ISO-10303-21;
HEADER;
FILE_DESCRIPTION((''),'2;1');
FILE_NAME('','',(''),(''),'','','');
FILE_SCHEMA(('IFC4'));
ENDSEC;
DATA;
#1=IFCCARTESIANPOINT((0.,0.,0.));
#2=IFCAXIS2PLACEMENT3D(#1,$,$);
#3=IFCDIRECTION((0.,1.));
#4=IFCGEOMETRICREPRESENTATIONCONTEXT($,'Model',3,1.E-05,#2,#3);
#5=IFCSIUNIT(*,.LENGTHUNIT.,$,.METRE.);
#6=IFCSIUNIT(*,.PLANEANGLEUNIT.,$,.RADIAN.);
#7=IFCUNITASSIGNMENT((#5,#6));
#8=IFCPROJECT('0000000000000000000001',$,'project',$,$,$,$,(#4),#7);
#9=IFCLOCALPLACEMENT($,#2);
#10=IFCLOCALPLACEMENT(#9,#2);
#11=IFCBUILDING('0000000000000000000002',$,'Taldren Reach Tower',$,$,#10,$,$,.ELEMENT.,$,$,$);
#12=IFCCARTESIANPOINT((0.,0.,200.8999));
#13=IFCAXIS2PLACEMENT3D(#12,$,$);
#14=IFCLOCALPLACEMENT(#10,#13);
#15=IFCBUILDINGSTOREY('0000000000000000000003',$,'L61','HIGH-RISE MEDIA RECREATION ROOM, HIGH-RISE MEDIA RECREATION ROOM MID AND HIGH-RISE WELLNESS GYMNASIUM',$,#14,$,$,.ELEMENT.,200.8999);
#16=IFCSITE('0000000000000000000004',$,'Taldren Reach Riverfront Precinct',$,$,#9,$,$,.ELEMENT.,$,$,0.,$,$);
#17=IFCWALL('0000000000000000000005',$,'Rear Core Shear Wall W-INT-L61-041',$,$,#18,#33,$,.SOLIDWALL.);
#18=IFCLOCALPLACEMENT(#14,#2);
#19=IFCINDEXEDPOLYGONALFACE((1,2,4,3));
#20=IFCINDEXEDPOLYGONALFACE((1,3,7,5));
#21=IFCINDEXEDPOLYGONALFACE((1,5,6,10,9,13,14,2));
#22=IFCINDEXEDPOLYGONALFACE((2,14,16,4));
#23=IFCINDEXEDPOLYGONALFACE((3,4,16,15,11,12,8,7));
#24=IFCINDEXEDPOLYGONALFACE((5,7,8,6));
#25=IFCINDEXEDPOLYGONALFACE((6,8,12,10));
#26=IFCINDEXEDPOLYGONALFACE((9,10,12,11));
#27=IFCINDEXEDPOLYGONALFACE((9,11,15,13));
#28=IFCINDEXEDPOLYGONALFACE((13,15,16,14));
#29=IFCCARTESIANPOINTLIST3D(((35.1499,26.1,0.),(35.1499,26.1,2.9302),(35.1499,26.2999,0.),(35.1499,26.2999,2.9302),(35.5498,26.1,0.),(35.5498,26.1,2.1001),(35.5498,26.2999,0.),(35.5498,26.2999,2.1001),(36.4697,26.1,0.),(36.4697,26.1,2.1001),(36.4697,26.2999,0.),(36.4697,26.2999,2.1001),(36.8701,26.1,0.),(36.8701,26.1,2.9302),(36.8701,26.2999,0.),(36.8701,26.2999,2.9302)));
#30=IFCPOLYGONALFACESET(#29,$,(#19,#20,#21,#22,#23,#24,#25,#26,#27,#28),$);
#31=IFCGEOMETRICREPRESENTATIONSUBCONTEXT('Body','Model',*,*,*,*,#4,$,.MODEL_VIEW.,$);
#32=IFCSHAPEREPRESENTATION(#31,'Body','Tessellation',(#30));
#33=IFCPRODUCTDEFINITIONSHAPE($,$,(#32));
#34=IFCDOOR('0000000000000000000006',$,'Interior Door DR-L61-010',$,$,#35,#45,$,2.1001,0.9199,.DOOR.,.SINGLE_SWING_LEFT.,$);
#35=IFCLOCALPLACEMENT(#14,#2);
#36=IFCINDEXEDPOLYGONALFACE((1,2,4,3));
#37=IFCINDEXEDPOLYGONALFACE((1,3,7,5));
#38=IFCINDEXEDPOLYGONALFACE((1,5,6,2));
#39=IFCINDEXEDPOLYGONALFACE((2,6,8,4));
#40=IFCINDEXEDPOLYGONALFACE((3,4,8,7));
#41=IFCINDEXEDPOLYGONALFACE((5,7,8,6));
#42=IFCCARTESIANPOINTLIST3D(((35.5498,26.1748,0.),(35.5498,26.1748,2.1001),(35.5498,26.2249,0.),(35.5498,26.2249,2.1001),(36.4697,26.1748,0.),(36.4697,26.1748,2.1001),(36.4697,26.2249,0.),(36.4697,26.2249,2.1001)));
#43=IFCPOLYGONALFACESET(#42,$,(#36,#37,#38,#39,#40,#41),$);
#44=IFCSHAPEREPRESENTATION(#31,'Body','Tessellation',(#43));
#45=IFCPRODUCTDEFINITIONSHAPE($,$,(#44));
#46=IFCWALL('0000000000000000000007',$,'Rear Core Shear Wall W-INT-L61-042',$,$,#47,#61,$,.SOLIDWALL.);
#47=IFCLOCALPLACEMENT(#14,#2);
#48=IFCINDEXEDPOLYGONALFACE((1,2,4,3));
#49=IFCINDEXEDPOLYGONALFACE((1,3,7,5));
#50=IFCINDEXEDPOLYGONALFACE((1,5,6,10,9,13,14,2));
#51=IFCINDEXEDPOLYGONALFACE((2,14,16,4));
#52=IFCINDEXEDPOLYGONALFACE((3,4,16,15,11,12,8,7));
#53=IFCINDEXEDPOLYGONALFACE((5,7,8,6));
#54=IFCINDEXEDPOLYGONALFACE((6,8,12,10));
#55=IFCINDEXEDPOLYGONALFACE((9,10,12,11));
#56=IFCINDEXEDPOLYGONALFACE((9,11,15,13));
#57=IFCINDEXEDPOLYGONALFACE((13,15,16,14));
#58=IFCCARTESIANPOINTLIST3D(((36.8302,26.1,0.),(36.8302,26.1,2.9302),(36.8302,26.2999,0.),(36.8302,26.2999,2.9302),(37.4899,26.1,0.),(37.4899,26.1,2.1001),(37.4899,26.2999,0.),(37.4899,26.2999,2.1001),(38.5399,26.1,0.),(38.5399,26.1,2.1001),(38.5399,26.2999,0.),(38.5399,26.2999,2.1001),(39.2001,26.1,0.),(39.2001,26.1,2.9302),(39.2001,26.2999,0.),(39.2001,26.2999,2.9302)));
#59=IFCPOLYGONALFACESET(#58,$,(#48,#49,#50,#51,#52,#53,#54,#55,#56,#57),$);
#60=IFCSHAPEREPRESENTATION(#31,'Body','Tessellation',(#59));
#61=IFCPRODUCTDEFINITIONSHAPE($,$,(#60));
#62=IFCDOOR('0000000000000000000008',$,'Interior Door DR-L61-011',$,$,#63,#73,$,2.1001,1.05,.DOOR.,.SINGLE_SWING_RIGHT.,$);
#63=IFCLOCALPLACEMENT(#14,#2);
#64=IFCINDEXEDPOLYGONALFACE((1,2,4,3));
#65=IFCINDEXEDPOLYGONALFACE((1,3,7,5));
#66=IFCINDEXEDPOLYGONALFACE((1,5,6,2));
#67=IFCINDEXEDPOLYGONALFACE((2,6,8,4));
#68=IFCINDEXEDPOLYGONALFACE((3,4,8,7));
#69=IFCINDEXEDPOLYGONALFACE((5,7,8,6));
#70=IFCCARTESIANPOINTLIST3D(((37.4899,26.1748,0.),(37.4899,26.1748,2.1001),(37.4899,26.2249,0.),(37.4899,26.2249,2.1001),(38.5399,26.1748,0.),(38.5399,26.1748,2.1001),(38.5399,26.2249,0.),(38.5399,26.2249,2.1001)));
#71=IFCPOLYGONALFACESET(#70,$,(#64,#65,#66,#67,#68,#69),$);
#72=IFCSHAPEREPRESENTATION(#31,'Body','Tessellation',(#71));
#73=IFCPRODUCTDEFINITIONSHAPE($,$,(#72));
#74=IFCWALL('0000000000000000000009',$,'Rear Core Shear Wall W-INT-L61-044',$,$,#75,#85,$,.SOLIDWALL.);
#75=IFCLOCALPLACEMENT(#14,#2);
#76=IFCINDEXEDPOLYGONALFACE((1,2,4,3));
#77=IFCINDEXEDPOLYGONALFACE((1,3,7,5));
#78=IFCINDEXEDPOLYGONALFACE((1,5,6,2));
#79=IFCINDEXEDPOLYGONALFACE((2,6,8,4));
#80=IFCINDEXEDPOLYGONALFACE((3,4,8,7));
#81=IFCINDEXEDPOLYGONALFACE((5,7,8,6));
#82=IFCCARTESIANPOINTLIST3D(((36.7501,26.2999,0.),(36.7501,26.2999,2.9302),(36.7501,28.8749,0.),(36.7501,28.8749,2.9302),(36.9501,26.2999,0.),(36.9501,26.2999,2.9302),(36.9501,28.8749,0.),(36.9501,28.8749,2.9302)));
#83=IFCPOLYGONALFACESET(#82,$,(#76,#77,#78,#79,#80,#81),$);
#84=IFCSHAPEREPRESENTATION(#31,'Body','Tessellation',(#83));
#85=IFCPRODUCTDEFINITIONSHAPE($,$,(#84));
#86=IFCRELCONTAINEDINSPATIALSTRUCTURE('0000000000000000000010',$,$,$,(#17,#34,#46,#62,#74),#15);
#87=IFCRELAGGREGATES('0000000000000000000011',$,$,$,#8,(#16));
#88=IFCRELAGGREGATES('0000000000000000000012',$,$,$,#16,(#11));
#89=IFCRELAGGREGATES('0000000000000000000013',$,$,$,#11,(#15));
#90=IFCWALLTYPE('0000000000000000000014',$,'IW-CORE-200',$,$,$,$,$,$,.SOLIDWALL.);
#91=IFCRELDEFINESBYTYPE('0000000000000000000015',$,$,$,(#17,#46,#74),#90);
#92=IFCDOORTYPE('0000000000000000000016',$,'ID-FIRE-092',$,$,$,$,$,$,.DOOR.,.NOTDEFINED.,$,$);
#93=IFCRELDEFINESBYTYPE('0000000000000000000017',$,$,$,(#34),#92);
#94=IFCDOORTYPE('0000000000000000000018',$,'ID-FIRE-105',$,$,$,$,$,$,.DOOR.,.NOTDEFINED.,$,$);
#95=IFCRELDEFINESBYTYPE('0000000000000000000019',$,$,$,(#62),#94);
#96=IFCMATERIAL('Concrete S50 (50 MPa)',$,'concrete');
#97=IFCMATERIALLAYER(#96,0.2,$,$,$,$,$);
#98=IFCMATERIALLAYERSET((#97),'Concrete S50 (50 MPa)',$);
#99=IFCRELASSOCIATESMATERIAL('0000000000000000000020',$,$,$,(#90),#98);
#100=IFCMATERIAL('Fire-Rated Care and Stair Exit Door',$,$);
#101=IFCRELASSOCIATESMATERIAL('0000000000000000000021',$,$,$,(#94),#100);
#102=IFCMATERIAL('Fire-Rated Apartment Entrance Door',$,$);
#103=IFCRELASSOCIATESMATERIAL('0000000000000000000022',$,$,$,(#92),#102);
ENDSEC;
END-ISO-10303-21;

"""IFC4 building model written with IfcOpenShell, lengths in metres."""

from ifc_helpers import new_model, si_unit, direction, frame, frame_2d, origin, place, context, subcontext, project, spatial, rectangle, extrude, source, transform, mapped, material, layer, layer_set, type_object, element, fill, save


model = new_model("IFC4")

# Units and contexts
model_context = context("Model", 3, precision=1e-05, world=origin(), true_north=direction((0.0, 1.0)))
body_context = subcontext(model_context, "Body", "Model", "MODEL_VIEW")
ifc_project = project(units=[si_unit("LENGTHUNIT", "METRE"), si_unit("PLANEANGLEUNIT", "RADIAN")], contexts=[model_context])

# Site, building, storey
site_placement = place(None, origin())
site = spatial("IfcSite", under=ifc_project, at=site_placement, Name="Taldren Reach Riverfront Precinct", CompositionType="ELEMENT", RefElevation=0.0)
building_placement = place(site_placement, origin())
building = spatial("IfcBuilding", under=site, at=building_placement, Name="Taldren Reach Tower", CompositionType="ELEMENT")
storey_placement = place(building_placement, frame((0.0, 0.0, 200.8999)))
storey = spatial("IfcBuildingStorey", under=building, at=storey_placement, Name="L61", Description="HIGH-RISE MEDIA RECREATION ROOM, HIGH-RISE MEDIA RECREATION ROOM MID AND HIGH-RISE WELLNESS GYMNASIUM", CompositionType="ELEMENT", Elevation=200.8999)

# Shared definitions
ifc_material_1 = material(Name="Concrete S50 (50 MPa)", Category="concrete")
ifc_layer_1 = layer(ifc_material_1, 0.2)
ifc_layer_set_1 = layer_set([ifc_layer_1], Name="Concrete S50 (50 MPa)")
wall_type_1 = type_object("IfcWallType", Name="IW-CORE-200", PredefinedType="SOLIDWALL", material=ifc_layer_set_1)

# Shared definitions
shared_shape_1 = source(origin(), body_context, "Body", "SweptSolid", [
    extrude(rectangle(XDim=1.05, YDim=2.1001, at=frame_2d((0.5249, 1.05))), frame((0.0, 0.1099, 0.0), z_axis=(0.0, -1.0, 0.0), x_axis=(1.0, 0.0, 0.0)), (0.0, 0.0, 1.0), 0.22),
])
ifc_material_2 = material(Name="Fire-Rated Care and Stair Exit Door")
door_type_1 = type_object("IfcDoorType", Name="ID-FIRE-105", OperationType="NOTDEFINED", PredefinedType="DOOR", material=ifc_material_2)
shared_shape_2 = source(origin(), body_context, "Body", "SweptSolid", [
    extrude(rectangle(XDim=1.05, YDim=2.1001, at=frame_2d((0.5249, 1.05))), frame((0.0, 0.0249, 0.0), z_axis=(0.0, -1.0, 0.0), x_axis=(1.0, 0.0, 0.0)), (0.0, 0.0, 1.0), 0.05),
])

# Walls, openings, doors
shared_shape_3 = source(origin(), body_context, "Body", "SweptSolid", [
    extrude(rectangle(XDim=1.7202, YDim=0.2, at=frame_2d((0.8601, 0.0))), origin(), (0.0, 0.0, 1.0), 2.9302),
])
wall_1_placement = place(storey_placement, frame((35.1499, 26.2, 0.0), z_axis=(0.0, 0.0, 1.0), x_axis=(1.0, 0.0, 0.0)))
wall_1 = element("IfcWall", 1, at=wall_1_placement, inside=storey, type_object=wall_type_1, Name="Rear Core Shear Wall W-INT-L61-041", PredefinedType="SOLIDWALL", context=body_context, shape_type="MappedRepresentation", body=[
    mapped(shared_shape_3, transform((0.0, 0.0, 0.0), scale=1.0)),
])
shared_shape_4 = source(origin(), body_context, "Body", "SweptSolid", [
    extrude(rectangle(XDim=0.9199, YDim=2.1001, at=frame_2d((0.46, 1.05))), frame((0.0, 0.1099, 0.0), z_axis=(0.0, -1.0, 0.0), x_axis=(1.0, 0.0, 0.0)), (0.0, 0.0, 1.0), 0.22),
])
opening_1_placement = place(wall_1_placement, frame((0.3999, 0.0, 0.0)))
opening_1 = element("IfcOpeningElement", 2, at=opening_1_placement, cuts=wall_1, PredefinedType="OPENING", context=body_context, shape_type="MappedRepresentation", body=[
    mapped(shared_shape_4, transform((0.0, 0.0, 0.0), scale=1.0)),
])
ifc_material_3 = material(Name="Fire-Rated Apartment Entrance Door")
door_type_2 = type_object("IfcDoorType", Name="ID-FIRE-092", OperationType="NOTDEFINED", PredefinedType="DOOR", material=ifc_material_3)
shared_shape_5 = source(origin(), body_context, "Body", "SweptSolid", [
    extrude(rectangle(XDim=0.9199, YDim=2.1001, at=frame_2d((0.46, 1.05))), frame((0.0, 0.0249, 0.0), z_axis=(0.0, -1.0, 0.0), x_axis=(1.0, 0.0, 0.0)), (0.0, 0.0, 1.0), 0.05),
])
door_1_placement = place(opening_1_placement, origin())
door_1 = element("IfcDoor", 3, at=door_1_placement, inside=storey, type_object=door_type_2, Name="Interior Door DR-L61-010", OperationType="SINGLE_SWING_LEFT", OverallHeight=2.1001, OverallWidth=0.9199, PredefinedType="DOOR", context=body_context, shape_type="MappedRepresentation", body=[
    mapped(shared_shape_5, transform((0.0, 0.0, 0.0), scale=1.0)),
])
fill(opening_1, door_1)
shared_shape_6 = source(origin(), body_context, "Body", "SweptSolid", [
    extrude(rectangle(XDim=2.3699, YDim=0.2, at=frame_2d((1.1851, 0.0))), origin(), (0.0, 0.0, 1.0), 2.9302),
])
wall_2_placement = place(storey_placement, frame((36.8301, 26.2, 0.0), z_axis=(0.0, 0.0, 1.0), x_axis=(1.0, 0.0, 0.0)))
wall_2 = element("IfcWall", 4, at=wall_2_placement, inside=storey, type_object=wall_type_1, Name="Rear Core Shear Wall W-INT-L61-042", PredefinedType="SOLIDWALL", context=body_context, shape_type="MappedRepresentation", body=[
    mapped(shared_shape_6, transform((0.0, 0.0, 0.0), scale=1.0)),
])
opening_2_placement = place(wall_2_placement, frame((0.6599, 0.0, 0.0)))
opening_2 = element("IfcOpeningElement", 5, at=opening_2_placement, cuts=wall_2, PredefinedType="OPENING", context=body_context, shape_type="MappedRepresentation", body=[
    mapped(shared_shape_1, transform((0.0, 0.0, 0.0), scale=1.0)),
])
door_2_placement = place(opening_2_placement, origin())
door_2 = element("IfcDoor", 6, at=door_2_placement, inside=storey, type_object=door_type_1, Name="Interior Door DR-L61-011", OperationType="SINGLE_SWING_RIGHT", OverallHeight=2.1001, OverallWidth=1.05, PredefinedType="DOOR", context=body_context, shape_type="MappedRepresentation", body=[
    mapped(shared_shape_2, transform((0.0, 0.0, 0.0), scale=1.0)),
])
fill(opening_2, door_2)

# Wall
shared_shape_7 = source(origin(), body_context, "Body", "SweptSolid", [
    extrude(rectangle(XDim=2.575, YDim=0.2, at=frame_2d((1.2876, 0.0))), origin(), (0.0, 0.0, 1.0), 2.9302),
])
wall_3_placement = place(storey_placement, frame((36.8501, 28.875, 0.0), z_axis=(0.0, 0.0, 1.0), x_axis=(0.0, -1.0, 0.0)))
element("IfcWall", 7, at=wall_3_placement, inside=storey, type_object=wall_type_1, Name="Rear Core Shear Wall W-INT-L61-044", PredefinedType="SOLIDWALL", context=body_context, shape_type="MappedRepresentation", body=[
    mapped(shared_shape_7, transform((0.0, 0.0, 0.0), scale=1.0)),
])

save(model, "model.ifc")
